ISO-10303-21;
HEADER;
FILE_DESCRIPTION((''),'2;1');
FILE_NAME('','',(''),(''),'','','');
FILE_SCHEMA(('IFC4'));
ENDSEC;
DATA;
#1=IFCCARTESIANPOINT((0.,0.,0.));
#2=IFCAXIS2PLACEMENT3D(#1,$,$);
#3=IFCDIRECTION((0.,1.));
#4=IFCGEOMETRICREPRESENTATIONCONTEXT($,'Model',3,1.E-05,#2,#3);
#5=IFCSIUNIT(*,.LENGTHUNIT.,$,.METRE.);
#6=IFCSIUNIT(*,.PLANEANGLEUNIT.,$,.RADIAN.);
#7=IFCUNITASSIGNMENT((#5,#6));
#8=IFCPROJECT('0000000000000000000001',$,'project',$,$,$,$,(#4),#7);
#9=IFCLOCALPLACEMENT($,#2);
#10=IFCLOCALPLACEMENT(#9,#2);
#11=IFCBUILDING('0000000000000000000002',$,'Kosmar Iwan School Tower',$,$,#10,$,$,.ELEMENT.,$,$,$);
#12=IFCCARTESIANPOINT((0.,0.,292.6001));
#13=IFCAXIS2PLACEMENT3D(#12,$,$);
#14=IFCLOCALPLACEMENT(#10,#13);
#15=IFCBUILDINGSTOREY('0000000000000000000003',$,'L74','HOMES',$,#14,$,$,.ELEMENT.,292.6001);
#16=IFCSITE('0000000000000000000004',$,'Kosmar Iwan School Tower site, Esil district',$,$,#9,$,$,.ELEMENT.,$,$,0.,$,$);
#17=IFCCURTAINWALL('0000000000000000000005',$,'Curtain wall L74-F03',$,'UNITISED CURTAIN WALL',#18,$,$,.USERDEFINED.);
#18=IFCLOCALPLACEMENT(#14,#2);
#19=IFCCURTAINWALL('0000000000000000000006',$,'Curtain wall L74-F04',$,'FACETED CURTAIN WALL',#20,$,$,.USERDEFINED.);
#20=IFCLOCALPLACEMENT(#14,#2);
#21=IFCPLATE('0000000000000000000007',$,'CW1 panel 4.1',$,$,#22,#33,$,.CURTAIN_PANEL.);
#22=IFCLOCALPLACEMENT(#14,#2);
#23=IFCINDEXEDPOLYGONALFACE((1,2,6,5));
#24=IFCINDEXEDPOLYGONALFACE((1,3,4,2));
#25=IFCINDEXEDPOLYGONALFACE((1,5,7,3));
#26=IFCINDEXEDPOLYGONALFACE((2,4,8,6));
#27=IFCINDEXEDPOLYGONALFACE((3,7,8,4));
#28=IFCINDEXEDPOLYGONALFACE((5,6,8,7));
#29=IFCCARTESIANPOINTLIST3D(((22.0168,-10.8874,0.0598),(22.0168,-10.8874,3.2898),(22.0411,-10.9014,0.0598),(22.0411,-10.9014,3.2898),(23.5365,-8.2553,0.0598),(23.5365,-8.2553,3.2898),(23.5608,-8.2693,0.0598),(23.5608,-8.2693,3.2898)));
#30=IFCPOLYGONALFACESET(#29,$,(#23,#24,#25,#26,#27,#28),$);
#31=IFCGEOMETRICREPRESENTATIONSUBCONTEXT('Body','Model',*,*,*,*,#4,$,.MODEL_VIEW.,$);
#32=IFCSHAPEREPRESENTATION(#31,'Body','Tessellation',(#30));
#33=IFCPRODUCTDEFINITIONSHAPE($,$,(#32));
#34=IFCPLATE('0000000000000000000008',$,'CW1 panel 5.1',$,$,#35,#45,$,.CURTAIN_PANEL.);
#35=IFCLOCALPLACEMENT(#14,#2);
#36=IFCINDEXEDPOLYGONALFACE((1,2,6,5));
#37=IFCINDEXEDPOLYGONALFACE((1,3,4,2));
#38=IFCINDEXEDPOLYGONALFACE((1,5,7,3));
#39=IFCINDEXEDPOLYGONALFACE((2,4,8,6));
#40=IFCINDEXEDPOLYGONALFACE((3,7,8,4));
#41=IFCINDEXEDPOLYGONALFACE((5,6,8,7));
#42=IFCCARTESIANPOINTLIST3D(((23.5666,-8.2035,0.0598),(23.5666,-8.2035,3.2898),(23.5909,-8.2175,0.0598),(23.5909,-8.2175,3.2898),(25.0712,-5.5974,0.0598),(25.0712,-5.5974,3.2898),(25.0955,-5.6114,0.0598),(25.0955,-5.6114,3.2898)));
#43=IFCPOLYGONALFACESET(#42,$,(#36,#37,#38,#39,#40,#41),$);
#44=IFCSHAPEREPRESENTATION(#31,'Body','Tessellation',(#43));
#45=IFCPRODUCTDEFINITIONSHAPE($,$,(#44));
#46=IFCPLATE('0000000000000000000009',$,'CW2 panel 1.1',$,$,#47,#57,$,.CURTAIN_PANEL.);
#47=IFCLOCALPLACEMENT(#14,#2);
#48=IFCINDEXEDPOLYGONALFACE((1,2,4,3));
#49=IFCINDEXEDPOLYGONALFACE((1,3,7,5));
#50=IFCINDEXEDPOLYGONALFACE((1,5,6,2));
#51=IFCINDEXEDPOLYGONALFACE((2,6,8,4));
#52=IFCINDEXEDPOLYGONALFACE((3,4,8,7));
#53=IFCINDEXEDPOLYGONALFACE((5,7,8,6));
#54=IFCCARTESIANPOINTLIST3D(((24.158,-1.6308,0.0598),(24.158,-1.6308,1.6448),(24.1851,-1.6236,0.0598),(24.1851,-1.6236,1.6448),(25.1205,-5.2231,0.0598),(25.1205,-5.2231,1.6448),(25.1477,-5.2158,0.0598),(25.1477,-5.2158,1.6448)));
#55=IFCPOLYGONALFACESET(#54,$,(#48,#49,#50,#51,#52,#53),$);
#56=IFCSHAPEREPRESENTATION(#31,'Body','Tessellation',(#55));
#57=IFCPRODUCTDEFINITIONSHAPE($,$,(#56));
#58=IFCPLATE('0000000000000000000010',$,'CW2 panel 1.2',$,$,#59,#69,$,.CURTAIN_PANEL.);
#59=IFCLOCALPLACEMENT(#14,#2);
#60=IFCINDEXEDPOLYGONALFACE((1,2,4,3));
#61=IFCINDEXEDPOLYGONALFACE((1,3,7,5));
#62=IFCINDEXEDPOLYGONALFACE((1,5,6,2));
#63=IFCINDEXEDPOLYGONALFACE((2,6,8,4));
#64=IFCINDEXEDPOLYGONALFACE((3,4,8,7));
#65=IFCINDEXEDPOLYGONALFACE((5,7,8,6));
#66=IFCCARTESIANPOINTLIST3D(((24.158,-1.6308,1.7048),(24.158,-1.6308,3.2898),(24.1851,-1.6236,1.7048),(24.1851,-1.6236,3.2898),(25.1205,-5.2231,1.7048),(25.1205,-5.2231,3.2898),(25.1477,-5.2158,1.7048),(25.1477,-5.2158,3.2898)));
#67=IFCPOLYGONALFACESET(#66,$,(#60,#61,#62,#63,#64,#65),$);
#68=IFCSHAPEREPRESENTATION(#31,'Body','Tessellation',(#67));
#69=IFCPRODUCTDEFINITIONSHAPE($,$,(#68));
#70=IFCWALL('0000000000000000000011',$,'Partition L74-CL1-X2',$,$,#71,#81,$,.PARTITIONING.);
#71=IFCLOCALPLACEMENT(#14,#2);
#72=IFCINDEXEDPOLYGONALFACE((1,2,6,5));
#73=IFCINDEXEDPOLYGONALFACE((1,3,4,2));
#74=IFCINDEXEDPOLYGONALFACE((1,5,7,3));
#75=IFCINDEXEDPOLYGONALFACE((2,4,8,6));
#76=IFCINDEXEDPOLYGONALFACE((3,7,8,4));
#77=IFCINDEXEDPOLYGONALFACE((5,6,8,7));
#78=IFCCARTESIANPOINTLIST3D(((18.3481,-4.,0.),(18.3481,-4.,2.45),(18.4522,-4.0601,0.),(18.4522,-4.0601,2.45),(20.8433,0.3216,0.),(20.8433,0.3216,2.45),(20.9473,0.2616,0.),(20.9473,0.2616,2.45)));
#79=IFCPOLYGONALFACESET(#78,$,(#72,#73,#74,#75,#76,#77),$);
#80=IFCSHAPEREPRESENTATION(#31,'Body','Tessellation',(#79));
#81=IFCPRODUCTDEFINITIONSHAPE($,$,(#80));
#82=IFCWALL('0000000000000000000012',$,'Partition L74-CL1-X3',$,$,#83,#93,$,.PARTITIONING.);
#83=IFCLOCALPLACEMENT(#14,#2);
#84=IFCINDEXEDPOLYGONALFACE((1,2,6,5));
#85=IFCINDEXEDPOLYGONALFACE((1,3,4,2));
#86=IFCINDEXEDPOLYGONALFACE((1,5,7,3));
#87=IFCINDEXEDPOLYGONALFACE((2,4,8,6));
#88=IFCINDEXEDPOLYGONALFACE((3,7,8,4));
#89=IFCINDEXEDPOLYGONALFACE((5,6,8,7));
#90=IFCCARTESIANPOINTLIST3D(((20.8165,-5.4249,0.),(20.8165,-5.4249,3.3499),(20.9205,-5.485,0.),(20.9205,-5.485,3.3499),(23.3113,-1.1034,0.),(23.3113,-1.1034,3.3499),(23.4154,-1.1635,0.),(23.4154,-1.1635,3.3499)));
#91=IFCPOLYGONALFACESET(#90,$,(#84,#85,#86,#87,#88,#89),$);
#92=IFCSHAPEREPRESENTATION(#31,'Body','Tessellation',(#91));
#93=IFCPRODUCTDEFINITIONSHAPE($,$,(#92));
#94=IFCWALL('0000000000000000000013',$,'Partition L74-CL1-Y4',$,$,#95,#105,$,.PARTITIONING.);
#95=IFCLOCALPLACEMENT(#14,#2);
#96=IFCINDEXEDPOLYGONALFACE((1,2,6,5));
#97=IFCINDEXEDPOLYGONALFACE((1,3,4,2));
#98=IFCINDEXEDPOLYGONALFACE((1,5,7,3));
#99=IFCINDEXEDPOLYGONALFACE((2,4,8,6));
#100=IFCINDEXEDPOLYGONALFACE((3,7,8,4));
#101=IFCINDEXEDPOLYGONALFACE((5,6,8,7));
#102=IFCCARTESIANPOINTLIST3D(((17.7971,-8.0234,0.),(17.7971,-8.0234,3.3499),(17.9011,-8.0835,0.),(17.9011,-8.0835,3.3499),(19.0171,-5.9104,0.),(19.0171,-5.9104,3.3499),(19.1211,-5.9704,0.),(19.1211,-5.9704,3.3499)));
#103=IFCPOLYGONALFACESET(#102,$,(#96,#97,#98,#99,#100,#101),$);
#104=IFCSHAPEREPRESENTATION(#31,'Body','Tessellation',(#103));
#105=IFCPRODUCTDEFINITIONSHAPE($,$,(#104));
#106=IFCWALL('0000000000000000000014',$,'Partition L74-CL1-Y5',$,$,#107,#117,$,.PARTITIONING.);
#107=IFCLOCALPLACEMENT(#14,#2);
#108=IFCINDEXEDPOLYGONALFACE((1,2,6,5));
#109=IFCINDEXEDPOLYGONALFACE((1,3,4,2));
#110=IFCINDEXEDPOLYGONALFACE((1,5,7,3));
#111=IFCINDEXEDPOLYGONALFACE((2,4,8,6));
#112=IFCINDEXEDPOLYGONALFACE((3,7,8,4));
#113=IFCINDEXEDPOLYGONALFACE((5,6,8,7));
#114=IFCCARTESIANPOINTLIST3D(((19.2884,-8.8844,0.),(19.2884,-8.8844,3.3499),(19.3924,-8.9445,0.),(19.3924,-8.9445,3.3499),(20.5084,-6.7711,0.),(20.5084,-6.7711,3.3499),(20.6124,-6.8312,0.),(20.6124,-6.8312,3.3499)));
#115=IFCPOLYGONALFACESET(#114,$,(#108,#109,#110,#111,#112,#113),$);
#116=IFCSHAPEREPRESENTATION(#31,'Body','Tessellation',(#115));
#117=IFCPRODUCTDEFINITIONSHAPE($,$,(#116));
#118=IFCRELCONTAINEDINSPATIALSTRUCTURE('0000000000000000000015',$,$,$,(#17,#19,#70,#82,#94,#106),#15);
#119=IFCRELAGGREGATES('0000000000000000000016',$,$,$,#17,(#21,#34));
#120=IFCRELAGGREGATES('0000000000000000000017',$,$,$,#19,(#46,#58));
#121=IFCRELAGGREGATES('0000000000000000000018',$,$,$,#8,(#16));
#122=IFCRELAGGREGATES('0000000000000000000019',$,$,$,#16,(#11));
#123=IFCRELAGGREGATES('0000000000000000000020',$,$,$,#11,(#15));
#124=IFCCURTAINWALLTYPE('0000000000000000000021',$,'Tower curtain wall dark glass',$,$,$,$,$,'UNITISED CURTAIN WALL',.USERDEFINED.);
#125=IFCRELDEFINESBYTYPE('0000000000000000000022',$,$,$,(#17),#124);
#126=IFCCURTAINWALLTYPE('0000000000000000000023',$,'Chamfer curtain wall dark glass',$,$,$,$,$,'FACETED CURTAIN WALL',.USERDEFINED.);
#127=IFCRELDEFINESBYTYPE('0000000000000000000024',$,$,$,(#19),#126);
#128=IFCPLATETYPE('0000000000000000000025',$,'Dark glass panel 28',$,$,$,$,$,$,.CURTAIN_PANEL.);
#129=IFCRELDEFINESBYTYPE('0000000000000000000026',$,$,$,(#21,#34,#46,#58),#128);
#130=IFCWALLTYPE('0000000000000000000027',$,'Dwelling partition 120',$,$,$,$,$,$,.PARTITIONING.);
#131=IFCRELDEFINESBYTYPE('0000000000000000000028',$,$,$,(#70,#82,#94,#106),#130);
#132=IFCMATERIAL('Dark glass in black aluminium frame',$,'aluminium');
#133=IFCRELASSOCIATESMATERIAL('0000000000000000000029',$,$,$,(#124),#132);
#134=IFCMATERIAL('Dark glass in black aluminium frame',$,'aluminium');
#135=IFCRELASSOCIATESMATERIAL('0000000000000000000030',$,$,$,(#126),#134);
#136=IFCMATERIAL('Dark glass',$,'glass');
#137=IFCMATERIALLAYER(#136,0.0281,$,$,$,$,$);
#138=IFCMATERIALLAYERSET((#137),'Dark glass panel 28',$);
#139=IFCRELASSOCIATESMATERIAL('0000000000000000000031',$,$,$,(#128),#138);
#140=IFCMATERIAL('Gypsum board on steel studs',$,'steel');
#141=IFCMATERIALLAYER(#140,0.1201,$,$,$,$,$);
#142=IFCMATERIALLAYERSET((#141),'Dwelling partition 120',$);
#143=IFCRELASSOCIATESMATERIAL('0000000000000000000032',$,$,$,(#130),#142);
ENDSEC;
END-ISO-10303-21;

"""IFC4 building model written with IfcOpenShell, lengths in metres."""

from ifc_helpers import new_model, si_unit, direction, frame, frame_2d, origin, origin_2d, place, context, subcontext, project, spatial, rectangle, extrude, material, layer, layer_set, type_object, element, aggregate, save


model = new_model("IFC4")

# Units and contexts
model_context = context("Model", 3, precision=1e-05, world=origin(), true_north=direction((0.0, 1.0)))
body_context = subcontext(model_context, "Body", "Model", "MODEL_VIEW")
ifc_project = project(units=[si_unit("LENGTHUNIT", "METRE"), si_unit("PLANEANGLEUNIT", "RADIAN")], contexts=[model_context])

# Site, building, storey
site_placement = place(None, origin())
site = spatial("IfcSite", under=ifc_project, at=site_placement, Name="Kosmar Iwan School Tower site, Esil district", CompositionType="ELEMENT", RefElevation=0.0)
building_placement = place(site_placement, origin())
building = spatial("IfcBuilding", under=site, at=building_placement, Name="Kosmar Iwan School Tower", CompositionType="ELEMENT")
storey_placement = place(building_placement, frame((0.0, 0.0, 292.6001)))
storey = spatial("IfcBuildingStorey", under=building, at=storey_placement, Name="L74", Description="HOMES", CompositionType="ELEMENT", Elevation=292.6001)

# Curtain walls
ifc_material_1 = material(Name="Dark glass in black aluminium frame", Category="aluminium")
curtain_wall_type_1 = type_object("IfcCurtainWallType", Name="Tower curtain wall dark glass", ElementType="UNITISED CURTAIN WALL", PredefinedType="USERDEFINED", material=ifc_material_1)
curtain_wall_1_placement = place(storey_placement, origin())
curtain_wall_1 = element("IfcCurtainWall", 1, at=curtain_wall_1_placement, inside=storey, type_object=curtain_wall_type_1, Name="Curtain wall L74-F03", ObjectType="UNITISED CURTAIN WALL", PredefinedType="USERDEFINED")
ifc_material_2 = material(Name="Dark glass in black aluminium frame", Category="aluminium")
curtain_wall_type_2 = type_object("IfcCurtainWallType", Name="Chamfer curtain wall dark glass", ElementType="FACETED CURTAIN WALL", PredefinedType="USERDEFINED", material=ifc_material_2)
curtain_wall_2_placement = place(storey_placement, origin())
curtain_wall_2 = element("IfcCurtainWall", 2, at=curtain_wall_2_placement, inside=storey, type_object=curtain_wall_type_2, Name="Curtain wall L74-F04", ObjectType="FACETED CURTAIN WALL", PredefinedType="USERDEFINED")

# Plates
ifc_material_3 = material(Name="Dark glass", Category="glass")
ifc_layer_1 = layer(ifc_material_3, 0.0281)
ifc_layer_set_1 = layer_set([ifc_layer_1], Name="Dark glass panel 28")
plate_type = type_object("IfcPlateType", Name="Dark glass panel 28", PredefinedType="CURTAIN_PANEL", material=ifc_layer_set_1)
plate_1_placement = place(storey_placement, frame((22.7888, -9.5784, 0.0598), z_axis=(0.0, 0.0, 1.0), x_axis=(0.5, 0.866025, 0.0)))
plate_1 = element("IfcPlate", 3, at=plate_1_placement, type_object=plate_type, Name="CW1 panel 4.1", PredefinedType="CURTAIN_PANEL", context=body_context, shape_type="SweptSolid", body=[
    extrude(rectangle(XDim=3.0393, YDim=0.0281, at=origin_2d()), origin(), (0.0, 0.0, 1.0), 3.23),
])
plate_2_placement = place(storey_placement, frame((24.3311, -6.9075, 0.0598), z_axis=(0.0, 0.0, 1.0), x_axis=(0.5, 0.866025, 0.0)))
plate_2 = element("IfcPlate", 4, at=plate_2_placement, type_object=plate_type, Name="CW1 panel 5.1", PredefinedType="CURTAIN_PANEL", context=body_context, shape_type="SweptSolid", body=[
    extrude(rectangle(XDim=3.0093, YDim=0.0281, at=origin_2d()), origin(), (0.0, 0.0, 1.0), 3.23),
])
aggregate(curtain_wall_1, [plate_1, plate_2])
plate_3_placement = place(storey_placement, frame((24.6528, -3.4233, 0.0598), z_axis=(0.0, 0.0, 1.0), x_axis=(-0.258819, 0.965926, 0.0)))
plate_3 = element("IfcPlate", 5, at=plate_3_placement, type_object=plate_type, Name="CW2 panel 1.1", PredefinedType="CURTAIN_PANEL", context=body_context, shape_type="SweptSolid", body=[
    extrude(rectangle(XDim=3.719, YDim=0.0281, at=origin_2d()), origin(), (0.0, 0.0, 1.0), 1.585),
])
plate_4_placement = place(storey_placement, frame((24.6528, -3.4233, 1.7048), z_axis=(0.0, 0.0, 1.0), x_axis=(-0.258819, 0.965926, 0.0)))
plate_4 = element("IfcPlate", 6, at=plate_4_placement, type_object=plate_type, Name="CW2 panel 1.2", PredefinedType="CURTAIN_PANEL", context=body_context, shape_type="SweptSolid", body=[
    extrude(rectangle(XDim=3.719, YDim=0.0281, at=origin_2d()), origin(), (0.0, 0.0, 1.0), 1.585),
])
aggregate(curtain_wall_2, [plate_3, plate_4])

# Walls
ifc_material_4 = material(Name="Gypsum board on steel studs", Category="steel")
ifc_layer_2 = layer(ifc_material_4, 0.1201)
ifc_layer_set_2 = layer_set([ifc_layer_2], Name="Dwelling partition 120")
wall_type = type_object("IfcWallType", Name="Dwelling partition 120", PredefinedType="PARTITIONING", material=ifc_layer_set_2)
wall_1_placement = place(storey_placement, frame((18.4001, -4.03, 0.0), z_axis=(0.0, 0.0, 1.0), x_axis=(0.500012, 0.866019, 0.0)))
element("IfcWall", 7, at=wall_1_placement, inside=storey, type_object=wall_type, Name="Partition L74-CL1-X2", PredefinedType="PARTITIONING", context=body_context, shape_type="SweptSolid", body=[
    extrude(rectangle(XDim=4.9902, YDim=0.1201, at=frame_2d((2.4951, 0.0))), origin(), (0.0, 0.0, 1.0), 2.45),
])
wall_2_placement = place(storey_placement, frame((20.8684, -5.4551, 0.0), z_axis=(0.0, 0.0, 1.0), x_axis=(0.499975, 0.86604, 0.0)))
element("IfcWall", 8, at=wall_2_placement, inside=storey, type_object=wall_type, Name="Partition L74-CL1-X3", PredefinedType="PARTITIONING", context=body_context, shape_type="SweptSolid", body=[
    extrude(rectangle(XDim=4.99, YDim=0.1201, at=frame_2d((2.4951, 0.0))), origin(), (0.0, 0.0, 1.0), 3.3499),
])
wall_3_placement = place(storey_placement, frame((17.8491, -8.0535, 0.0), z_axis=(0.0, 0.0, 1.0), x_axis=(0.500003, 0.866024, 0.0)))
element("IfcWall", 9, at=wall_3_placement, inside=storey, type_object=wall_type, Name="Partition L74-CL1-Y4", PredefinedType="PARTITIONING", context=body_context, shape_type="SweptSolid", body=[
    extrude(rectangle(XDim=2.4399, YDim=0.1201, at=frame_2d((1.22, 0.0))), origin(), (0.0, 0.0, 1.0), 3.3499),
])
wall_4_placement = place(storey_placement, frame((19.3403, -8.9146, 0.0), z_axis=(0.0, 0.0, 1.0), x_axis=(0.499959, 0.866049, 0.0)))
element("IfcWall", 10, at=wall_4_placement, inside=storey, type_object=wall_type, Name="Partition L74-CL1-Y5", PredefinedType="PARTITIONING", context=body_context, shape_type="SweptSolid", body=[
    extrude(rectangle(XDim=2.4402, YDim=0.1201, at=frame_2d((1.2202, 0.0))), origin(), (0.0, 0.0, 1.0), 3.3499),
])

save(model, "model.ifc")
